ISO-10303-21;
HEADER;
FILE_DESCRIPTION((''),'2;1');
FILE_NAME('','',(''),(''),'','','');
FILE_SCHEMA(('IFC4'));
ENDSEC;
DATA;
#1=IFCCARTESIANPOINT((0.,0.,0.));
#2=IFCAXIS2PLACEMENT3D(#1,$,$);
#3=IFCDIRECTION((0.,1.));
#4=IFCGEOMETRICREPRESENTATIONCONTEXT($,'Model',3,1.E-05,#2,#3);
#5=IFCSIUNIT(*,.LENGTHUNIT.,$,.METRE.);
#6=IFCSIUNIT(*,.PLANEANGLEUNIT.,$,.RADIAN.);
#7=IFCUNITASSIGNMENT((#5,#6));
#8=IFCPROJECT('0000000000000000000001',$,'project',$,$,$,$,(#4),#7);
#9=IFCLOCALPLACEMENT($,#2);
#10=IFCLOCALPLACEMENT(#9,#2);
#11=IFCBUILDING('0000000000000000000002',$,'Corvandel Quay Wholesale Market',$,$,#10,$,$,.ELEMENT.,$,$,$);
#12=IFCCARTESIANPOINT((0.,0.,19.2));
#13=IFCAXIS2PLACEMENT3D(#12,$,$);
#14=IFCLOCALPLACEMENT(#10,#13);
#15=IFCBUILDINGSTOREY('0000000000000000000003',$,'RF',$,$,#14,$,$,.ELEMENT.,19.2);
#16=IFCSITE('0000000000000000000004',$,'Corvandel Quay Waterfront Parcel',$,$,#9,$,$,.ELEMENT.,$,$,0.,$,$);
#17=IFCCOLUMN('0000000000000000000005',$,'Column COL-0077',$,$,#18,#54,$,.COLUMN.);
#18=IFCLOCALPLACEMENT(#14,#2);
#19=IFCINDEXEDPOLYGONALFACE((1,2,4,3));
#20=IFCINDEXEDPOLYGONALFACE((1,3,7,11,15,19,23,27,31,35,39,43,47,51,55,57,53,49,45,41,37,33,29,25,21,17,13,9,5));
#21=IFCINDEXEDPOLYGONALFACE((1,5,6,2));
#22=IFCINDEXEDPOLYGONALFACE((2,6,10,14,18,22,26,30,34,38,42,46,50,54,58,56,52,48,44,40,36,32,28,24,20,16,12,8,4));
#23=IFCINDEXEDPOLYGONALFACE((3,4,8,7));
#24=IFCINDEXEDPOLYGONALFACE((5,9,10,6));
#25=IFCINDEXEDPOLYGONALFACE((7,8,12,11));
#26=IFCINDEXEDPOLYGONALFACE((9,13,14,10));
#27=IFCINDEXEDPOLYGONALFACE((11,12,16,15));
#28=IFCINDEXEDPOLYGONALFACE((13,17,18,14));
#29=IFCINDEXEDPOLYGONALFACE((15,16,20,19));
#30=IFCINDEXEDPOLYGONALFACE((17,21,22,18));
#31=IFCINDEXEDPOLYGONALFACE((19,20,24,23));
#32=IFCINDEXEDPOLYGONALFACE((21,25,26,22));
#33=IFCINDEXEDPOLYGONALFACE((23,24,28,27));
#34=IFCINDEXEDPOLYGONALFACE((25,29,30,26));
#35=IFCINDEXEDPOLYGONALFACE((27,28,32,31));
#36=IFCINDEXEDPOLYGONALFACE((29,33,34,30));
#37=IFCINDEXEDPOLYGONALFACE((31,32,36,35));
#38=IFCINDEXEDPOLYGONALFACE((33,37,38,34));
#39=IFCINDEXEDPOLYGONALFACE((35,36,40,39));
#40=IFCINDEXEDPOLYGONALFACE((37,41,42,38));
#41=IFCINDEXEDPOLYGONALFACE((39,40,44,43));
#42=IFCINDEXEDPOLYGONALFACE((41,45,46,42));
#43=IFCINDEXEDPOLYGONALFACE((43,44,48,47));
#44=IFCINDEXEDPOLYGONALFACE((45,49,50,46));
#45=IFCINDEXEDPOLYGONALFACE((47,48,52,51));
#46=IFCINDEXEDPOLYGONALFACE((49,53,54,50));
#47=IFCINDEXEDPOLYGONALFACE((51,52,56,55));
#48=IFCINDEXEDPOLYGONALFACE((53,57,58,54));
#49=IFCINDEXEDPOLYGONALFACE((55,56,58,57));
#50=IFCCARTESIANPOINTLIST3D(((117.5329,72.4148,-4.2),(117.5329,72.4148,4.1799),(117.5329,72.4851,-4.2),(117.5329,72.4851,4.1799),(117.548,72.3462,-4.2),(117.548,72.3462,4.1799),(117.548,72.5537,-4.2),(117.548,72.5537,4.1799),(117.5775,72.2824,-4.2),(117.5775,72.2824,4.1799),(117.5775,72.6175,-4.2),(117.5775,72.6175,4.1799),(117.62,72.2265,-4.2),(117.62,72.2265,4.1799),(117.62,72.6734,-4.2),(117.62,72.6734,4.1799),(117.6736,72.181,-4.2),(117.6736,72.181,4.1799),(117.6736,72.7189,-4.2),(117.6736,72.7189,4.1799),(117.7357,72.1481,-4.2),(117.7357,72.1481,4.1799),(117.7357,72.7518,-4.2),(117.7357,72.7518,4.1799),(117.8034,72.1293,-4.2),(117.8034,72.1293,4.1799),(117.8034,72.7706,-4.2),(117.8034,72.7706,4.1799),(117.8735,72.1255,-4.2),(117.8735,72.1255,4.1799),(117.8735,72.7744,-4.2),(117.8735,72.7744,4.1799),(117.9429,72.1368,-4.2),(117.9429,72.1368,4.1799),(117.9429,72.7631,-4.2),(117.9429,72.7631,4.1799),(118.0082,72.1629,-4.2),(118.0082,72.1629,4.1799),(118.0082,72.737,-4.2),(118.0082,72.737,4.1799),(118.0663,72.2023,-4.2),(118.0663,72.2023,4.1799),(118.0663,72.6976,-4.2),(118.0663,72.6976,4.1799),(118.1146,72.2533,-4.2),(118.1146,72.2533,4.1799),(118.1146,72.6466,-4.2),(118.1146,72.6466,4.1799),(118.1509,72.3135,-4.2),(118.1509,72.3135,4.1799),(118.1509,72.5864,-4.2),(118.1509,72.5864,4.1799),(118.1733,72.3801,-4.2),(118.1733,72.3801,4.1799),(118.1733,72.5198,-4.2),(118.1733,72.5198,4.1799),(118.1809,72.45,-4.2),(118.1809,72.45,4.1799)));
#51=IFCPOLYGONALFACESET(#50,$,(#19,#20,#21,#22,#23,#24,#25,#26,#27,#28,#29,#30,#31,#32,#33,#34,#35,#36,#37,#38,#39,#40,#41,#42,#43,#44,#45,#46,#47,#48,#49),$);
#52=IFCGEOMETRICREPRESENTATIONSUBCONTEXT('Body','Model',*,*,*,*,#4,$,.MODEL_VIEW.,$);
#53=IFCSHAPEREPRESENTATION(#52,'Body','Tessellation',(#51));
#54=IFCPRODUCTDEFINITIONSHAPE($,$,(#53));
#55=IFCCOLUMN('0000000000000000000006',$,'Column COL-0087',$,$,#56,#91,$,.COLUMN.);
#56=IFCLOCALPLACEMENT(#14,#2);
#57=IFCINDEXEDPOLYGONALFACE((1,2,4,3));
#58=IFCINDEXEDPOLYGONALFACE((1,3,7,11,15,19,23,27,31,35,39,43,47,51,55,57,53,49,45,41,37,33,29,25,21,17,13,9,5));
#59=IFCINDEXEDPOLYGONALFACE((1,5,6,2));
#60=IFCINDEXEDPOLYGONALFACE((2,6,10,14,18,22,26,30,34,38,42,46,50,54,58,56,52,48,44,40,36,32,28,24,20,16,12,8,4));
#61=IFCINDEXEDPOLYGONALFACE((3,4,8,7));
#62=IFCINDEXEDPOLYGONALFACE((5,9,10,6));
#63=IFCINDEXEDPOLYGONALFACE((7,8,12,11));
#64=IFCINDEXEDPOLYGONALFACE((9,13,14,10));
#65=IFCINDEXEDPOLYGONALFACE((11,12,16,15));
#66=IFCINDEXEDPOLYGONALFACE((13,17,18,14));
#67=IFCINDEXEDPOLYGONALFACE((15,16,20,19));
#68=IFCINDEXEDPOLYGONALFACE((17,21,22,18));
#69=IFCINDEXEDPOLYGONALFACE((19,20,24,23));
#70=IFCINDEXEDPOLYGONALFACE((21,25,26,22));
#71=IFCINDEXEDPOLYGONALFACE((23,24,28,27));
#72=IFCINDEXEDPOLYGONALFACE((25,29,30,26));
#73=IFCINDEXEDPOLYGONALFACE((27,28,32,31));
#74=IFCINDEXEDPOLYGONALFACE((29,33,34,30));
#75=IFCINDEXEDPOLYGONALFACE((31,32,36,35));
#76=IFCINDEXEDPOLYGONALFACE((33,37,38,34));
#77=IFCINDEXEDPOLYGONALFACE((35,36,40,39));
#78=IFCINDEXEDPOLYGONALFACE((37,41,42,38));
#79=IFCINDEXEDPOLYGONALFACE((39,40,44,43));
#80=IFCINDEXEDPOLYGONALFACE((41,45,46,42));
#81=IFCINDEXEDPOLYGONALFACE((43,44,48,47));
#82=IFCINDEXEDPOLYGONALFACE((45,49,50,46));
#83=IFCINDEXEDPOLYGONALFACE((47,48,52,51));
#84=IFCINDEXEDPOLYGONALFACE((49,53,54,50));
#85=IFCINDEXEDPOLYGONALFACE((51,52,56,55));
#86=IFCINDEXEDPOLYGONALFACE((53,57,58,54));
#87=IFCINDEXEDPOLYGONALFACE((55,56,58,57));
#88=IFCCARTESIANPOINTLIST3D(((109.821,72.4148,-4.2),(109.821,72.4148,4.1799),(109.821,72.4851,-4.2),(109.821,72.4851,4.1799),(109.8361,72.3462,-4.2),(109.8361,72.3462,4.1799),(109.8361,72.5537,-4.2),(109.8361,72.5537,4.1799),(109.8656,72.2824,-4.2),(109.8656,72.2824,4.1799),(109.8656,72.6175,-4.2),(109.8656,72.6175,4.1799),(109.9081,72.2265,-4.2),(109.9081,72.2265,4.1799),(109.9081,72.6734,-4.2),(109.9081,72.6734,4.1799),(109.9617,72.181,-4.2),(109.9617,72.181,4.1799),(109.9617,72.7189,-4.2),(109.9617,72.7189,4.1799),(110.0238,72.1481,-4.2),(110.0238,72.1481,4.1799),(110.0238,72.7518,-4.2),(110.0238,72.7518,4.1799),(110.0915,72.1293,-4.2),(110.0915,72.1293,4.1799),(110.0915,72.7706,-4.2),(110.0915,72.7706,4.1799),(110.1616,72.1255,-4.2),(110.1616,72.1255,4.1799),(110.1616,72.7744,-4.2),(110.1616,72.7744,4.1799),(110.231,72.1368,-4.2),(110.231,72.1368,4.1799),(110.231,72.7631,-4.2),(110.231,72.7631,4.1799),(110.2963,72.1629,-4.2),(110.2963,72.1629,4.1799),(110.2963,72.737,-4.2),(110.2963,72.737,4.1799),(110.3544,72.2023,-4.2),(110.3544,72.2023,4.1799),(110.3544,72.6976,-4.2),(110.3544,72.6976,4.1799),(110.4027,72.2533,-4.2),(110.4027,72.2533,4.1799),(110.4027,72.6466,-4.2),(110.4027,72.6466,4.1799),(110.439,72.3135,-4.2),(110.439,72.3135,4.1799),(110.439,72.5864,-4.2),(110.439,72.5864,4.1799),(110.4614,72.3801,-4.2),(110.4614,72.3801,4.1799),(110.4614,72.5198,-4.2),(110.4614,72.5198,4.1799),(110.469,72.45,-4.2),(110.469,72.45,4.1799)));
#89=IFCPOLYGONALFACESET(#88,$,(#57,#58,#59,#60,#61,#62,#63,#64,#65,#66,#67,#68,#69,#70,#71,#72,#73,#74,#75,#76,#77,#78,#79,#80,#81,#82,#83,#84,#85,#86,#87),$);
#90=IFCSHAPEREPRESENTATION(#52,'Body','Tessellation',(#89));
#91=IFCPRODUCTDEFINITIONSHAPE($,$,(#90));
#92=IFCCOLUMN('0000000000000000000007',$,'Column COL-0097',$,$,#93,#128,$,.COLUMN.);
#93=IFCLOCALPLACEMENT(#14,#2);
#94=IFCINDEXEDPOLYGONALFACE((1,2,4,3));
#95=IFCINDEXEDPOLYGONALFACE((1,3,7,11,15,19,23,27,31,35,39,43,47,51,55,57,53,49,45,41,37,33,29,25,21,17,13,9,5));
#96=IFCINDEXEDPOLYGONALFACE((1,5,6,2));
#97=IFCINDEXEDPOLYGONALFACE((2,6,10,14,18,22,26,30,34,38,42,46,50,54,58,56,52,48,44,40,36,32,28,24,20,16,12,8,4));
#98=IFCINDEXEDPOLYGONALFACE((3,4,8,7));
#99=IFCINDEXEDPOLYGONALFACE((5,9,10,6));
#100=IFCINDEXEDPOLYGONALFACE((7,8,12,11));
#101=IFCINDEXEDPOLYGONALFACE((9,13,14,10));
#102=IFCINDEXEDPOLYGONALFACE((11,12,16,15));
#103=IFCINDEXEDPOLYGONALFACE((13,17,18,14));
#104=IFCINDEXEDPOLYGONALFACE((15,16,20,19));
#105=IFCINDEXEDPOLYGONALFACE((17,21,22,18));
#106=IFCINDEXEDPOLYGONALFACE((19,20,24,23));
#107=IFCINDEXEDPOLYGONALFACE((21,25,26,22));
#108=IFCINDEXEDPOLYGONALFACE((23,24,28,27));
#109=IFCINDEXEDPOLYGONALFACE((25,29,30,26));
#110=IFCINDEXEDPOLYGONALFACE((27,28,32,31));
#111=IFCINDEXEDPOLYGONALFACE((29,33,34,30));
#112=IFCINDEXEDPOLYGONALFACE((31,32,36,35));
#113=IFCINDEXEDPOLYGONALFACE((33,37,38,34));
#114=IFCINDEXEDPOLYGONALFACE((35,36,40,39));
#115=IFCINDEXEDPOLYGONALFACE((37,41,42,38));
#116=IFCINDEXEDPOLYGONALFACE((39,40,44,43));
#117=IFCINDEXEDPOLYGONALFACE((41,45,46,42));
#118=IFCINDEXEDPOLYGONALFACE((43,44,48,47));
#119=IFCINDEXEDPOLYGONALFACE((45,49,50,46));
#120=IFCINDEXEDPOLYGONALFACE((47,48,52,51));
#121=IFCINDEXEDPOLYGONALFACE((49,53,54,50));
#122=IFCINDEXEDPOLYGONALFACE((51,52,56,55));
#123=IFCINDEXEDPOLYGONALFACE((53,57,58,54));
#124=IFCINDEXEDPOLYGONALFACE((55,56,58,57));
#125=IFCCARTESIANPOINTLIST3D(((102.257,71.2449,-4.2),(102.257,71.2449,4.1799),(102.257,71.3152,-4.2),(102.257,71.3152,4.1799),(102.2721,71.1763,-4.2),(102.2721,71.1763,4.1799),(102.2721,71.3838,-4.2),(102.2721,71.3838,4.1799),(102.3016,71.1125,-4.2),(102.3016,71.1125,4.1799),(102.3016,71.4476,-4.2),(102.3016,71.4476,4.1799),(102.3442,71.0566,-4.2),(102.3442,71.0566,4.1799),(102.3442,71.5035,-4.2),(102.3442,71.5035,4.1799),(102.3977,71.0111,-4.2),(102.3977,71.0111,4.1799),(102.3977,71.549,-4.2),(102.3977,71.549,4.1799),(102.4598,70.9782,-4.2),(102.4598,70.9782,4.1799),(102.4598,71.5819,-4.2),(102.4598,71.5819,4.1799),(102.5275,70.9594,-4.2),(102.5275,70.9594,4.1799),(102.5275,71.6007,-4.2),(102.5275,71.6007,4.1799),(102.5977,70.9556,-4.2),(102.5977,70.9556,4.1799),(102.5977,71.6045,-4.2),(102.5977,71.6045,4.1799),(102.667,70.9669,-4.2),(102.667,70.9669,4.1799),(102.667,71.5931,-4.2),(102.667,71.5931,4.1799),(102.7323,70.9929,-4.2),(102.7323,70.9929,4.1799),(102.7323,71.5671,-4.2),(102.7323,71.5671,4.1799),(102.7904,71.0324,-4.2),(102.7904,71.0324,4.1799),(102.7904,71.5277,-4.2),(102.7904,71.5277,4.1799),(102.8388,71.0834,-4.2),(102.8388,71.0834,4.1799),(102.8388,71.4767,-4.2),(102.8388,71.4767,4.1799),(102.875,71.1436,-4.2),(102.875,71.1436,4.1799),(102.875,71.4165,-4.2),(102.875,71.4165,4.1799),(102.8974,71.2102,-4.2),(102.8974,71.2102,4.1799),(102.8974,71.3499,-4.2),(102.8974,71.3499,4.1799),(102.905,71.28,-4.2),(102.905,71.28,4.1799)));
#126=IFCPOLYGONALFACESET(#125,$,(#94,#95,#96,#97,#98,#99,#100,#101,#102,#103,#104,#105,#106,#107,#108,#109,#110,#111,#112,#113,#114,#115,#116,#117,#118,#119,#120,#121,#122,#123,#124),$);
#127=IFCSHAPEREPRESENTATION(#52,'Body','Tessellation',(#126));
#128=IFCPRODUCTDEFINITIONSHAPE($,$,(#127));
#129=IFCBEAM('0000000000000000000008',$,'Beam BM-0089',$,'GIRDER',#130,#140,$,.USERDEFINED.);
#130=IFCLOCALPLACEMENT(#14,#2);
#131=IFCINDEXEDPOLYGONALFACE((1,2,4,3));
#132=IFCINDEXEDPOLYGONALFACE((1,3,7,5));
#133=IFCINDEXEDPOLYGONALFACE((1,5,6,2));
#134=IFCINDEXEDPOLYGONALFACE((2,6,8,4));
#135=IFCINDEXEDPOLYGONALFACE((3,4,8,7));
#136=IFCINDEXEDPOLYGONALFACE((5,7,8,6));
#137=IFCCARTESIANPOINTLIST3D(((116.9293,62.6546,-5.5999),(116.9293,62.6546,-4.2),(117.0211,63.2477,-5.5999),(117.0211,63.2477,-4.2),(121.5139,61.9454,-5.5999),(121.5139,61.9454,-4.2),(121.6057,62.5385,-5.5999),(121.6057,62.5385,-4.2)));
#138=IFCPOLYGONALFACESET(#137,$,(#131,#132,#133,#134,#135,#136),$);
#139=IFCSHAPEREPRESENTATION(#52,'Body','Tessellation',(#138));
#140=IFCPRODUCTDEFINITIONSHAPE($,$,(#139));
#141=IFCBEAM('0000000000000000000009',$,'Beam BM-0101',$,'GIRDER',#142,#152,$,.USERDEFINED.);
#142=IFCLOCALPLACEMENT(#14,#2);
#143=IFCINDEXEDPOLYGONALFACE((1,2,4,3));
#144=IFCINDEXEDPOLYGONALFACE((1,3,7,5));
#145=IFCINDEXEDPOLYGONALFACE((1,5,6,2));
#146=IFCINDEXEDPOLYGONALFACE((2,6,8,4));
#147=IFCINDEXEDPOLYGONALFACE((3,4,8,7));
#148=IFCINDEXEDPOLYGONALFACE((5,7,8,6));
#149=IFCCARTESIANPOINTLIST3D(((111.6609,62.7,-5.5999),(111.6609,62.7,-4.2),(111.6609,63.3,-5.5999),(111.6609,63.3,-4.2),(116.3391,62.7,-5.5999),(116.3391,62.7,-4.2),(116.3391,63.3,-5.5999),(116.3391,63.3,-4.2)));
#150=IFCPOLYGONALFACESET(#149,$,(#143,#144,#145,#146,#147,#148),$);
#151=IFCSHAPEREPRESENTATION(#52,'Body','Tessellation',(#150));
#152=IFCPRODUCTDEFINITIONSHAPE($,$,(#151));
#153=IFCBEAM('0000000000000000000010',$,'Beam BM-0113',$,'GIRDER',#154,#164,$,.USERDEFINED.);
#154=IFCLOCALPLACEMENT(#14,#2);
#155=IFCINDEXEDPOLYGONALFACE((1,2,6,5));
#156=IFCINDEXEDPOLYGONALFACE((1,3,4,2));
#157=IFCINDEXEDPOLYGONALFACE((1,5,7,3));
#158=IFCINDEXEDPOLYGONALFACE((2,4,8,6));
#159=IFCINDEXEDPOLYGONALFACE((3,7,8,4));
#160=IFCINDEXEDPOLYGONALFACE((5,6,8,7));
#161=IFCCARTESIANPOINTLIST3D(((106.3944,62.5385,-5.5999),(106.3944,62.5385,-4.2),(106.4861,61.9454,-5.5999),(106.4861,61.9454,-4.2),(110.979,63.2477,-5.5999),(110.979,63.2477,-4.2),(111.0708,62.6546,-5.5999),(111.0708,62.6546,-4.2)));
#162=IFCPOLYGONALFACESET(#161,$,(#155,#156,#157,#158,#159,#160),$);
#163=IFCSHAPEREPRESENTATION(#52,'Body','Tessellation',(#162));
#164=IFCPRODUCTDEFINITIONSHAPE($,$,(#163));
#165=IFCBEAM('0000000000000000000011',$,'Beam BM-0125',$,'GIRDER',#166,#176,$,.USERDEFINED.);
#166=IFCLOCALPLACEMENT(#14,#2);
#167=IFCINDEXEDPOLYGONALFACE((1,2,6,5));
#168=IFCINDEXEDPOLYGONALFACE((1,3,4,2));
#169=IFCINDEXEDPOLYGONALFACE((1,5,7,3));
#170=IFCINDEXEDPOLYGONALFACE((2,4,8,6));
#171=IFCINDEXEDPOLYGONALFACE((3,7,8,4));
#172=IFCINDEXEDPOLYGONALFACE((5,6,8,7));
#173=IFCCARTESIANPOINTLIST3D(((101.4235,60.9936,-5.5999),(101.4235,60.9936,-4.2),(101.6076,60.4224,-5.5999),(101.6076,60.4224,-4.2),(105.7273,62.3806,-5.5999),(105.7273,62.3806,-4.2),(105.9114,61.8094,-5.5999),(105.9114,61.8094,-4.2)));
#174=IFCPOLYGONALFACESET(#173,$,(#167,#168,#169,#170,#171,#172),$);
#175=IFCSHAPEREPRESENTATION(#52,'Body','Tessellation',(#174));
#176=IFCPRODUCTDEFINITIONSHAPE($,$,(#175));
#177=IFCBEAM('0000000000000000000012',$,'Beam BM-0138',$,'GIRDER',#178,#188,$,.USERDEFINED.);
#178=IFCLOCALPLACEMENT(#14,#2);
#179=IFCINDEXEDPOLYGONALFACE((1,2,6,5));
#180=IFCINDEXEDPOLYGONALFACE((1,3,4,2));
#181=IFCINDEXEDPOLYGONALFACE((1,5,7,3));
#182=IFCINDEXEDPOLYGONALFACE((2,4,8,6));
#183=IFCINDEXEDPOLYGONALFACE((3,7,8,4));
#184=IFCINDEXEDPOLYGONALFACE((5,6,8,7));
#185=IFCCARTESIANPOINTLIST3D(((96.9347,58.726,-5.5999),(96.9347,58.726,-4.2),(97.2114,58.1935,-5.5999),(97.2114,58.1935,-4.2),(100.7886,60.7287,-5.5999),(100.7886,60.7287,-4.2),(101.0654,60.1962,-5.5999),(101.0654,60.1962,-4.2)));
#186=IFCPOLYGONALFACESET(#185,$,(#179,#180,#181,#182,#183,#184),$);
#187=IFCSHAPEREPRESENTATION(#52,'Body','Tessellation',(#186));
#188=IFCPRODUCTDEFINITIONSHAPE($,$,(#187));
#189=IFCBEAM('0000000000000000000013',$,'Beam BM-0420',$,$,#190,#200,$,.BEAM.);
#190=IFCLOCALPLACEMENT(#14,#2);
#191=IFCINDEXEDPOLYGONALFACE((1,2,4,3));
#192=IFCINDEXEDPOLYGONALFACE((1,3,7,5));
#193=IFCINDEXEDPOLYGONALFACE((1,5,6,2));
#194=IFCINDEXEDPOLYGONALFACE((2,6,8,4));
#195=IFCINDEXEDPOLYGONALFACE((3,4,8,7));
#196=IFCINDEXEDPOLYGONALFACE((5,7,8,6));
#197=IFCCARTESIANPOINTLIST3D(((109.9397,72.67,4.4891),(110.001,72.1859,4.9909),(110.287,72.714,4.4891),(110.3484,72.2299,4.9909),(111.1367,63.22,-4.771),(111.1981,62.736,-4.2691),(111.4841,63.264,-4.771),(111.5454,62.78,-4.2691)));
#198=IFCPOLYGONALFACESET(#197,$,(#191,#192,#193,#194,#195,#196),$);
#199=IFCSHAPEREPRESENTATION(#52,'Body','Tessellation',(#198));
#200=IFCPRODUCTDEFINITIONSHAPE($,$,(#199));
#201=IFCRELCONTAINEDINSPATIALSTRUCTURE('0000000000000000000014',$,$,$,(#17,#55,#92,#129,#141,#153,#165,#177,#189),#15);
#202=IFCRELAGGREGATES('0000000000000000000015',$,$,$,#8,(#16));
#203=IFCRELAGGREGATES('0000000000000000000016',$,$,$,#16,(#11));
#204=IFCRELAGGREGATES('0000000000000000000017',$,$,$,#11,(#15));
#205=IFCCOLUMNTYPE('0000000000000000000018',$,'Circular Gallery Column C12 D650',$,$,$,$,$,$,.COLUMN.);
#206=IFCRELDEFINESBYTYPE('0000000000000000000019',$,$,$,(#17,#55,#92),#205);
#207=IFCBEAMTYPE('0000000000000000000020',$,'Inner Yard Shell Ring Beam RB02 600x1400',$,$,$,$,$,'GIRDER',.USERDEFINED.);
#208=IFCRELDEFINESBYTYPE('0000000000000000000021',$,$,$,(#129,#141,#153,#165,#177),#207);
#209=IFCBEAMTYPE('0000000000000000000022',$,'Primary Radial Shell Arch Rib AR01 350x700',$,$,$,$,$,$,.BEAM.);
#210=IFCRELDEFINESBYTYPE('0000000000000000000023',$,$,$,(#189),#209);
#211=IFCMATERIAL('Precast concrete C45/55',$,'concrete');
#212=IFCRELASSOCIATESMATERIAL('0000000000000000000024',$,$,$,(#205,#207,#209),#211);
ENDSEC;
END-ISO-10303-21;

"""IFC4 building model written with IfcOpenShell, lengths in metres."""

from ifc_helpers import new_model, si_unit, direction, frame, origin, origin_2d, place, context, subcontext, project, spatial, rectangle, circle, extrude, material, material_profile, profile_set, type_object, element, save


model = new_model("IFC4")

# Units and contexts
model_context = context("Model", 3, precision=1e-05, world=origin(), true_north=direction((0.0, 1.0)))
body_context = subcontext(model_context, "Body", "Model", "MODEL_VIEW")
ifc_project = project(units=[si_unit("LENGTHUNIT", "METRE"), si_unit("PLANEANGLEUNIT", "RADIAN")], contexts=[model_context])

# Site, building, storey
site_placement = place(None, origin())
site = spatial("IfcSite", under=ifc_project, at=site_placement, Name="Corvandel Quay Waterfront Parcel", CompositionType="ELEMENT", RefElevation=0.0)
building_placement = place(site_placement, origin())
building = spatial("IfcBuilding", under=site, at=building_placement, Name="Corvandel Quay Wholesale Market", CompositionType="ELEMENT")
storey_placement = place(building_placement, frame((0.0, 0.0, 19.2)))
storey = spatial("IfcBuildingStorey", under=building, at=storey_placement, Name="RF", CompositionType="ELEMENT", Elevation=19.2)

# Columns
ifc_material_1 = material(Name="Precast concrete C45/55", Category="concrete")
ifc_material_profile_1 = material_profile(ifc_material_1, circle(Radius=0.325, at=origin_2d()), Name="PC-COL-D650")
ifc_profile_set_1 = profile_set([ifc_material_profile_1], Name="Precast concrete C45/55")
column_type = type_object("IfcColumnType", Name="Circular Gallery Column C12 D650", PredefinedType="COLUMN", material=ifc_profile_set_1)
for number, where, z_axis, x_axis, name in (
    (1, (117.856, 72.45, -4.2), (0.0, 0.0, 1.0), (1.0, 0.0, 0.0), "Column COL-0077"),
    (2, (110.144, 72.45, -4.2), (0.0, 0.0, 1.0), (1.0, 0.0, 0.0), "Column COL-0087"),
    (3, (102.5801, 71.28, -4.2), (0.0, 0.0, 1.0), (1.0, 0.0, 0.0), "Column COL-0097"),
):
    element("IfcColumn", number, at=place(storey_placement, frame(where, z_axis=z_axis, x_axis=x_axis)), inside=storey, type_object=column_type, Name=name, PredefinedType="COLUMN", context=body_context, shape_type="SweptSolid", body=[
        extrude(circle(Radius=0.325, at=origin_2d()), origin(), (0.0, 0.0, 1.0), 8.3799),
    ])

# Beams
ifc_material_profile_2 = material_profile(ifc_material_1, rectangle(XDim=0.6001, YDim=1.3999, at=origin_2d()), Name="PC-RING-600x1400")
ifc_profile_set_2 = profile_set([ifc_material_profile_2], Name="Precast concrete C45/55")
beam_type_1 = type_object("IfcBeamType", Name="Inner Yard Shell Ring Beam RB02 600x1400", ElementType="GIRDER", PredefinedType="USERDEFINED", material=ifc_profile_set_2)
beam_1_placement = place(storey_placement, frame((121.5598, 62.2419, -4.8999), z_axis=(-0.988245, 0.152876, 0.0), x_axis=(-0.152876, -0.988245, 0.0)))
element("IfcBeam", 4, at=beam_1_placement, inside=storey, type_object=beam_type_1, Name="Beam BM-0089", ObjectType="GIRDER", PredefinedType="USERDEFINED", context=body_context, shape_type="SweptSolid", body=[
    extrude(rectangle(XDim=0.6001, YDim=1.3999, at=origin_2d()), origin(), (0.0, 0.0, 1.0), 4.6392),
])
beam_2_placement = place(storey_placement, frame((116.3391, 63.0, -4.8999), z_axis=(-1.0, 0.0, 0.0), x_axis=(0.0, -1.0, 0.0)))
element("IfcBeam", 5, at=beam_2_placement, inside=storey, type_object=beam_type_1, Name="Beam BM-0101", ObjectType="GIRDER", PredefinedType="USERDEFINED", context=body_context, shape_type="SweptSolid", body=[
    extrude(rectangle(XDim=0.6001, YDim=1.3999, at=origin_2d()), origin(), (0.0, 0.0, 1.0), 4.6782),
])
beam_3_placement = place(storey_placement, frame((111.0249, 62.9512, -4.8999), z_axis=(-0.988245, -0.152876, 0.0), x_axis=(0.152876, -0.988245, 0.0)))
element("IfcBeam", 6, at=beam_3_placement, inside=storey, type_object=beam_type_1, Name="Beam BM-0113", ObjectType="GIRDER", PredefinedType="USERDEFINED", context=body_context, shape_type="SweptSolid", body=[
    extrude(rectangle(XDim=0.6001, YDim=1.3999, at=origin_2d()), origin(), (0.0, 0.0, 1.0), 4.6392),
])
beam_4_placement = place(storey_placement, frame((105.8193, 62.095, -4.8999), z_axis=(-0.951795, -0.306736, 0.0), x_axis=(0.306736, -0.951795, 0.0)))
element("IfcBeam", 7, at=beam_4_placement, inside=storey, type_object=beam_type_1, Name="Beam BM-0125", ObjectType="GIRDER", PredefinedType="USERDEFINED", context=body_context, shape_type="SweptSolid", body=[
    extrude(rectangle(XDim=0.6001, YDim=1.3999, at=origin_2d()), origin(), (0.0, 0.0, 1.0), 4.5217),
])
beam_5_placement = place(storey_placement, frame((100.927, 60.4624, -4.8999), z_axis=(-0.887348, -0.4611, 0.0), x_axis=(0.4611, -0.887348, 0.0)))
element("IfcBeam", 8, at=beam_5_placement, inside=storey, type_object=beam_type_1, Name="Beam BM-0138", ObjectType="GIRDER", PredefinedType="USERDEFINED", context=body_context, shape_type="SweptSolid", body=[
    extrude(rectangle(XDim=0.6001, YDim=1.3999, at=origin_2d()), origin(), (0.0, 0.0, 1.0), 4.3433),
])
ifc_material_profile_3 = material_profile(ifc_material_1, rectangle(XDim=0.3501, YDim=0.7, at=origin_2d()), Name="PC-RIB-350x700")
ifc_profile_set_3 = profile_set([ifc_material_profile_3], Name="Precast concrete C45/55")
beam_type_2 = type_object("IfcBeamType", Name="Primary Radial Shell Arch Rib AR01 350x700", PredefinedType="BEAM", material=ifc_profile_set_3)
beam_6_placement = place(storey_placement, frame((111.3411, 63.0, -4.52), z_axis=(-0.090106, 0.711343, 0.697045), x_axis=(-0.992073, -0.125665, 0.0)))
element("IfcBeam", 9, at=beam_6_placement, inside=storey, type_object=beam_type_2, Name="Beam BM-0420", PredefinedType="BEAM", context=body_context, shape_type="SweptSolid", body=[
    extrude(rectangle(XDim=0.3501, YDim=0.7, at=origin_2d()), origin(), (0.0, 0.0, 1.0), 13.2847),
])

save(model, "model.ifc")
